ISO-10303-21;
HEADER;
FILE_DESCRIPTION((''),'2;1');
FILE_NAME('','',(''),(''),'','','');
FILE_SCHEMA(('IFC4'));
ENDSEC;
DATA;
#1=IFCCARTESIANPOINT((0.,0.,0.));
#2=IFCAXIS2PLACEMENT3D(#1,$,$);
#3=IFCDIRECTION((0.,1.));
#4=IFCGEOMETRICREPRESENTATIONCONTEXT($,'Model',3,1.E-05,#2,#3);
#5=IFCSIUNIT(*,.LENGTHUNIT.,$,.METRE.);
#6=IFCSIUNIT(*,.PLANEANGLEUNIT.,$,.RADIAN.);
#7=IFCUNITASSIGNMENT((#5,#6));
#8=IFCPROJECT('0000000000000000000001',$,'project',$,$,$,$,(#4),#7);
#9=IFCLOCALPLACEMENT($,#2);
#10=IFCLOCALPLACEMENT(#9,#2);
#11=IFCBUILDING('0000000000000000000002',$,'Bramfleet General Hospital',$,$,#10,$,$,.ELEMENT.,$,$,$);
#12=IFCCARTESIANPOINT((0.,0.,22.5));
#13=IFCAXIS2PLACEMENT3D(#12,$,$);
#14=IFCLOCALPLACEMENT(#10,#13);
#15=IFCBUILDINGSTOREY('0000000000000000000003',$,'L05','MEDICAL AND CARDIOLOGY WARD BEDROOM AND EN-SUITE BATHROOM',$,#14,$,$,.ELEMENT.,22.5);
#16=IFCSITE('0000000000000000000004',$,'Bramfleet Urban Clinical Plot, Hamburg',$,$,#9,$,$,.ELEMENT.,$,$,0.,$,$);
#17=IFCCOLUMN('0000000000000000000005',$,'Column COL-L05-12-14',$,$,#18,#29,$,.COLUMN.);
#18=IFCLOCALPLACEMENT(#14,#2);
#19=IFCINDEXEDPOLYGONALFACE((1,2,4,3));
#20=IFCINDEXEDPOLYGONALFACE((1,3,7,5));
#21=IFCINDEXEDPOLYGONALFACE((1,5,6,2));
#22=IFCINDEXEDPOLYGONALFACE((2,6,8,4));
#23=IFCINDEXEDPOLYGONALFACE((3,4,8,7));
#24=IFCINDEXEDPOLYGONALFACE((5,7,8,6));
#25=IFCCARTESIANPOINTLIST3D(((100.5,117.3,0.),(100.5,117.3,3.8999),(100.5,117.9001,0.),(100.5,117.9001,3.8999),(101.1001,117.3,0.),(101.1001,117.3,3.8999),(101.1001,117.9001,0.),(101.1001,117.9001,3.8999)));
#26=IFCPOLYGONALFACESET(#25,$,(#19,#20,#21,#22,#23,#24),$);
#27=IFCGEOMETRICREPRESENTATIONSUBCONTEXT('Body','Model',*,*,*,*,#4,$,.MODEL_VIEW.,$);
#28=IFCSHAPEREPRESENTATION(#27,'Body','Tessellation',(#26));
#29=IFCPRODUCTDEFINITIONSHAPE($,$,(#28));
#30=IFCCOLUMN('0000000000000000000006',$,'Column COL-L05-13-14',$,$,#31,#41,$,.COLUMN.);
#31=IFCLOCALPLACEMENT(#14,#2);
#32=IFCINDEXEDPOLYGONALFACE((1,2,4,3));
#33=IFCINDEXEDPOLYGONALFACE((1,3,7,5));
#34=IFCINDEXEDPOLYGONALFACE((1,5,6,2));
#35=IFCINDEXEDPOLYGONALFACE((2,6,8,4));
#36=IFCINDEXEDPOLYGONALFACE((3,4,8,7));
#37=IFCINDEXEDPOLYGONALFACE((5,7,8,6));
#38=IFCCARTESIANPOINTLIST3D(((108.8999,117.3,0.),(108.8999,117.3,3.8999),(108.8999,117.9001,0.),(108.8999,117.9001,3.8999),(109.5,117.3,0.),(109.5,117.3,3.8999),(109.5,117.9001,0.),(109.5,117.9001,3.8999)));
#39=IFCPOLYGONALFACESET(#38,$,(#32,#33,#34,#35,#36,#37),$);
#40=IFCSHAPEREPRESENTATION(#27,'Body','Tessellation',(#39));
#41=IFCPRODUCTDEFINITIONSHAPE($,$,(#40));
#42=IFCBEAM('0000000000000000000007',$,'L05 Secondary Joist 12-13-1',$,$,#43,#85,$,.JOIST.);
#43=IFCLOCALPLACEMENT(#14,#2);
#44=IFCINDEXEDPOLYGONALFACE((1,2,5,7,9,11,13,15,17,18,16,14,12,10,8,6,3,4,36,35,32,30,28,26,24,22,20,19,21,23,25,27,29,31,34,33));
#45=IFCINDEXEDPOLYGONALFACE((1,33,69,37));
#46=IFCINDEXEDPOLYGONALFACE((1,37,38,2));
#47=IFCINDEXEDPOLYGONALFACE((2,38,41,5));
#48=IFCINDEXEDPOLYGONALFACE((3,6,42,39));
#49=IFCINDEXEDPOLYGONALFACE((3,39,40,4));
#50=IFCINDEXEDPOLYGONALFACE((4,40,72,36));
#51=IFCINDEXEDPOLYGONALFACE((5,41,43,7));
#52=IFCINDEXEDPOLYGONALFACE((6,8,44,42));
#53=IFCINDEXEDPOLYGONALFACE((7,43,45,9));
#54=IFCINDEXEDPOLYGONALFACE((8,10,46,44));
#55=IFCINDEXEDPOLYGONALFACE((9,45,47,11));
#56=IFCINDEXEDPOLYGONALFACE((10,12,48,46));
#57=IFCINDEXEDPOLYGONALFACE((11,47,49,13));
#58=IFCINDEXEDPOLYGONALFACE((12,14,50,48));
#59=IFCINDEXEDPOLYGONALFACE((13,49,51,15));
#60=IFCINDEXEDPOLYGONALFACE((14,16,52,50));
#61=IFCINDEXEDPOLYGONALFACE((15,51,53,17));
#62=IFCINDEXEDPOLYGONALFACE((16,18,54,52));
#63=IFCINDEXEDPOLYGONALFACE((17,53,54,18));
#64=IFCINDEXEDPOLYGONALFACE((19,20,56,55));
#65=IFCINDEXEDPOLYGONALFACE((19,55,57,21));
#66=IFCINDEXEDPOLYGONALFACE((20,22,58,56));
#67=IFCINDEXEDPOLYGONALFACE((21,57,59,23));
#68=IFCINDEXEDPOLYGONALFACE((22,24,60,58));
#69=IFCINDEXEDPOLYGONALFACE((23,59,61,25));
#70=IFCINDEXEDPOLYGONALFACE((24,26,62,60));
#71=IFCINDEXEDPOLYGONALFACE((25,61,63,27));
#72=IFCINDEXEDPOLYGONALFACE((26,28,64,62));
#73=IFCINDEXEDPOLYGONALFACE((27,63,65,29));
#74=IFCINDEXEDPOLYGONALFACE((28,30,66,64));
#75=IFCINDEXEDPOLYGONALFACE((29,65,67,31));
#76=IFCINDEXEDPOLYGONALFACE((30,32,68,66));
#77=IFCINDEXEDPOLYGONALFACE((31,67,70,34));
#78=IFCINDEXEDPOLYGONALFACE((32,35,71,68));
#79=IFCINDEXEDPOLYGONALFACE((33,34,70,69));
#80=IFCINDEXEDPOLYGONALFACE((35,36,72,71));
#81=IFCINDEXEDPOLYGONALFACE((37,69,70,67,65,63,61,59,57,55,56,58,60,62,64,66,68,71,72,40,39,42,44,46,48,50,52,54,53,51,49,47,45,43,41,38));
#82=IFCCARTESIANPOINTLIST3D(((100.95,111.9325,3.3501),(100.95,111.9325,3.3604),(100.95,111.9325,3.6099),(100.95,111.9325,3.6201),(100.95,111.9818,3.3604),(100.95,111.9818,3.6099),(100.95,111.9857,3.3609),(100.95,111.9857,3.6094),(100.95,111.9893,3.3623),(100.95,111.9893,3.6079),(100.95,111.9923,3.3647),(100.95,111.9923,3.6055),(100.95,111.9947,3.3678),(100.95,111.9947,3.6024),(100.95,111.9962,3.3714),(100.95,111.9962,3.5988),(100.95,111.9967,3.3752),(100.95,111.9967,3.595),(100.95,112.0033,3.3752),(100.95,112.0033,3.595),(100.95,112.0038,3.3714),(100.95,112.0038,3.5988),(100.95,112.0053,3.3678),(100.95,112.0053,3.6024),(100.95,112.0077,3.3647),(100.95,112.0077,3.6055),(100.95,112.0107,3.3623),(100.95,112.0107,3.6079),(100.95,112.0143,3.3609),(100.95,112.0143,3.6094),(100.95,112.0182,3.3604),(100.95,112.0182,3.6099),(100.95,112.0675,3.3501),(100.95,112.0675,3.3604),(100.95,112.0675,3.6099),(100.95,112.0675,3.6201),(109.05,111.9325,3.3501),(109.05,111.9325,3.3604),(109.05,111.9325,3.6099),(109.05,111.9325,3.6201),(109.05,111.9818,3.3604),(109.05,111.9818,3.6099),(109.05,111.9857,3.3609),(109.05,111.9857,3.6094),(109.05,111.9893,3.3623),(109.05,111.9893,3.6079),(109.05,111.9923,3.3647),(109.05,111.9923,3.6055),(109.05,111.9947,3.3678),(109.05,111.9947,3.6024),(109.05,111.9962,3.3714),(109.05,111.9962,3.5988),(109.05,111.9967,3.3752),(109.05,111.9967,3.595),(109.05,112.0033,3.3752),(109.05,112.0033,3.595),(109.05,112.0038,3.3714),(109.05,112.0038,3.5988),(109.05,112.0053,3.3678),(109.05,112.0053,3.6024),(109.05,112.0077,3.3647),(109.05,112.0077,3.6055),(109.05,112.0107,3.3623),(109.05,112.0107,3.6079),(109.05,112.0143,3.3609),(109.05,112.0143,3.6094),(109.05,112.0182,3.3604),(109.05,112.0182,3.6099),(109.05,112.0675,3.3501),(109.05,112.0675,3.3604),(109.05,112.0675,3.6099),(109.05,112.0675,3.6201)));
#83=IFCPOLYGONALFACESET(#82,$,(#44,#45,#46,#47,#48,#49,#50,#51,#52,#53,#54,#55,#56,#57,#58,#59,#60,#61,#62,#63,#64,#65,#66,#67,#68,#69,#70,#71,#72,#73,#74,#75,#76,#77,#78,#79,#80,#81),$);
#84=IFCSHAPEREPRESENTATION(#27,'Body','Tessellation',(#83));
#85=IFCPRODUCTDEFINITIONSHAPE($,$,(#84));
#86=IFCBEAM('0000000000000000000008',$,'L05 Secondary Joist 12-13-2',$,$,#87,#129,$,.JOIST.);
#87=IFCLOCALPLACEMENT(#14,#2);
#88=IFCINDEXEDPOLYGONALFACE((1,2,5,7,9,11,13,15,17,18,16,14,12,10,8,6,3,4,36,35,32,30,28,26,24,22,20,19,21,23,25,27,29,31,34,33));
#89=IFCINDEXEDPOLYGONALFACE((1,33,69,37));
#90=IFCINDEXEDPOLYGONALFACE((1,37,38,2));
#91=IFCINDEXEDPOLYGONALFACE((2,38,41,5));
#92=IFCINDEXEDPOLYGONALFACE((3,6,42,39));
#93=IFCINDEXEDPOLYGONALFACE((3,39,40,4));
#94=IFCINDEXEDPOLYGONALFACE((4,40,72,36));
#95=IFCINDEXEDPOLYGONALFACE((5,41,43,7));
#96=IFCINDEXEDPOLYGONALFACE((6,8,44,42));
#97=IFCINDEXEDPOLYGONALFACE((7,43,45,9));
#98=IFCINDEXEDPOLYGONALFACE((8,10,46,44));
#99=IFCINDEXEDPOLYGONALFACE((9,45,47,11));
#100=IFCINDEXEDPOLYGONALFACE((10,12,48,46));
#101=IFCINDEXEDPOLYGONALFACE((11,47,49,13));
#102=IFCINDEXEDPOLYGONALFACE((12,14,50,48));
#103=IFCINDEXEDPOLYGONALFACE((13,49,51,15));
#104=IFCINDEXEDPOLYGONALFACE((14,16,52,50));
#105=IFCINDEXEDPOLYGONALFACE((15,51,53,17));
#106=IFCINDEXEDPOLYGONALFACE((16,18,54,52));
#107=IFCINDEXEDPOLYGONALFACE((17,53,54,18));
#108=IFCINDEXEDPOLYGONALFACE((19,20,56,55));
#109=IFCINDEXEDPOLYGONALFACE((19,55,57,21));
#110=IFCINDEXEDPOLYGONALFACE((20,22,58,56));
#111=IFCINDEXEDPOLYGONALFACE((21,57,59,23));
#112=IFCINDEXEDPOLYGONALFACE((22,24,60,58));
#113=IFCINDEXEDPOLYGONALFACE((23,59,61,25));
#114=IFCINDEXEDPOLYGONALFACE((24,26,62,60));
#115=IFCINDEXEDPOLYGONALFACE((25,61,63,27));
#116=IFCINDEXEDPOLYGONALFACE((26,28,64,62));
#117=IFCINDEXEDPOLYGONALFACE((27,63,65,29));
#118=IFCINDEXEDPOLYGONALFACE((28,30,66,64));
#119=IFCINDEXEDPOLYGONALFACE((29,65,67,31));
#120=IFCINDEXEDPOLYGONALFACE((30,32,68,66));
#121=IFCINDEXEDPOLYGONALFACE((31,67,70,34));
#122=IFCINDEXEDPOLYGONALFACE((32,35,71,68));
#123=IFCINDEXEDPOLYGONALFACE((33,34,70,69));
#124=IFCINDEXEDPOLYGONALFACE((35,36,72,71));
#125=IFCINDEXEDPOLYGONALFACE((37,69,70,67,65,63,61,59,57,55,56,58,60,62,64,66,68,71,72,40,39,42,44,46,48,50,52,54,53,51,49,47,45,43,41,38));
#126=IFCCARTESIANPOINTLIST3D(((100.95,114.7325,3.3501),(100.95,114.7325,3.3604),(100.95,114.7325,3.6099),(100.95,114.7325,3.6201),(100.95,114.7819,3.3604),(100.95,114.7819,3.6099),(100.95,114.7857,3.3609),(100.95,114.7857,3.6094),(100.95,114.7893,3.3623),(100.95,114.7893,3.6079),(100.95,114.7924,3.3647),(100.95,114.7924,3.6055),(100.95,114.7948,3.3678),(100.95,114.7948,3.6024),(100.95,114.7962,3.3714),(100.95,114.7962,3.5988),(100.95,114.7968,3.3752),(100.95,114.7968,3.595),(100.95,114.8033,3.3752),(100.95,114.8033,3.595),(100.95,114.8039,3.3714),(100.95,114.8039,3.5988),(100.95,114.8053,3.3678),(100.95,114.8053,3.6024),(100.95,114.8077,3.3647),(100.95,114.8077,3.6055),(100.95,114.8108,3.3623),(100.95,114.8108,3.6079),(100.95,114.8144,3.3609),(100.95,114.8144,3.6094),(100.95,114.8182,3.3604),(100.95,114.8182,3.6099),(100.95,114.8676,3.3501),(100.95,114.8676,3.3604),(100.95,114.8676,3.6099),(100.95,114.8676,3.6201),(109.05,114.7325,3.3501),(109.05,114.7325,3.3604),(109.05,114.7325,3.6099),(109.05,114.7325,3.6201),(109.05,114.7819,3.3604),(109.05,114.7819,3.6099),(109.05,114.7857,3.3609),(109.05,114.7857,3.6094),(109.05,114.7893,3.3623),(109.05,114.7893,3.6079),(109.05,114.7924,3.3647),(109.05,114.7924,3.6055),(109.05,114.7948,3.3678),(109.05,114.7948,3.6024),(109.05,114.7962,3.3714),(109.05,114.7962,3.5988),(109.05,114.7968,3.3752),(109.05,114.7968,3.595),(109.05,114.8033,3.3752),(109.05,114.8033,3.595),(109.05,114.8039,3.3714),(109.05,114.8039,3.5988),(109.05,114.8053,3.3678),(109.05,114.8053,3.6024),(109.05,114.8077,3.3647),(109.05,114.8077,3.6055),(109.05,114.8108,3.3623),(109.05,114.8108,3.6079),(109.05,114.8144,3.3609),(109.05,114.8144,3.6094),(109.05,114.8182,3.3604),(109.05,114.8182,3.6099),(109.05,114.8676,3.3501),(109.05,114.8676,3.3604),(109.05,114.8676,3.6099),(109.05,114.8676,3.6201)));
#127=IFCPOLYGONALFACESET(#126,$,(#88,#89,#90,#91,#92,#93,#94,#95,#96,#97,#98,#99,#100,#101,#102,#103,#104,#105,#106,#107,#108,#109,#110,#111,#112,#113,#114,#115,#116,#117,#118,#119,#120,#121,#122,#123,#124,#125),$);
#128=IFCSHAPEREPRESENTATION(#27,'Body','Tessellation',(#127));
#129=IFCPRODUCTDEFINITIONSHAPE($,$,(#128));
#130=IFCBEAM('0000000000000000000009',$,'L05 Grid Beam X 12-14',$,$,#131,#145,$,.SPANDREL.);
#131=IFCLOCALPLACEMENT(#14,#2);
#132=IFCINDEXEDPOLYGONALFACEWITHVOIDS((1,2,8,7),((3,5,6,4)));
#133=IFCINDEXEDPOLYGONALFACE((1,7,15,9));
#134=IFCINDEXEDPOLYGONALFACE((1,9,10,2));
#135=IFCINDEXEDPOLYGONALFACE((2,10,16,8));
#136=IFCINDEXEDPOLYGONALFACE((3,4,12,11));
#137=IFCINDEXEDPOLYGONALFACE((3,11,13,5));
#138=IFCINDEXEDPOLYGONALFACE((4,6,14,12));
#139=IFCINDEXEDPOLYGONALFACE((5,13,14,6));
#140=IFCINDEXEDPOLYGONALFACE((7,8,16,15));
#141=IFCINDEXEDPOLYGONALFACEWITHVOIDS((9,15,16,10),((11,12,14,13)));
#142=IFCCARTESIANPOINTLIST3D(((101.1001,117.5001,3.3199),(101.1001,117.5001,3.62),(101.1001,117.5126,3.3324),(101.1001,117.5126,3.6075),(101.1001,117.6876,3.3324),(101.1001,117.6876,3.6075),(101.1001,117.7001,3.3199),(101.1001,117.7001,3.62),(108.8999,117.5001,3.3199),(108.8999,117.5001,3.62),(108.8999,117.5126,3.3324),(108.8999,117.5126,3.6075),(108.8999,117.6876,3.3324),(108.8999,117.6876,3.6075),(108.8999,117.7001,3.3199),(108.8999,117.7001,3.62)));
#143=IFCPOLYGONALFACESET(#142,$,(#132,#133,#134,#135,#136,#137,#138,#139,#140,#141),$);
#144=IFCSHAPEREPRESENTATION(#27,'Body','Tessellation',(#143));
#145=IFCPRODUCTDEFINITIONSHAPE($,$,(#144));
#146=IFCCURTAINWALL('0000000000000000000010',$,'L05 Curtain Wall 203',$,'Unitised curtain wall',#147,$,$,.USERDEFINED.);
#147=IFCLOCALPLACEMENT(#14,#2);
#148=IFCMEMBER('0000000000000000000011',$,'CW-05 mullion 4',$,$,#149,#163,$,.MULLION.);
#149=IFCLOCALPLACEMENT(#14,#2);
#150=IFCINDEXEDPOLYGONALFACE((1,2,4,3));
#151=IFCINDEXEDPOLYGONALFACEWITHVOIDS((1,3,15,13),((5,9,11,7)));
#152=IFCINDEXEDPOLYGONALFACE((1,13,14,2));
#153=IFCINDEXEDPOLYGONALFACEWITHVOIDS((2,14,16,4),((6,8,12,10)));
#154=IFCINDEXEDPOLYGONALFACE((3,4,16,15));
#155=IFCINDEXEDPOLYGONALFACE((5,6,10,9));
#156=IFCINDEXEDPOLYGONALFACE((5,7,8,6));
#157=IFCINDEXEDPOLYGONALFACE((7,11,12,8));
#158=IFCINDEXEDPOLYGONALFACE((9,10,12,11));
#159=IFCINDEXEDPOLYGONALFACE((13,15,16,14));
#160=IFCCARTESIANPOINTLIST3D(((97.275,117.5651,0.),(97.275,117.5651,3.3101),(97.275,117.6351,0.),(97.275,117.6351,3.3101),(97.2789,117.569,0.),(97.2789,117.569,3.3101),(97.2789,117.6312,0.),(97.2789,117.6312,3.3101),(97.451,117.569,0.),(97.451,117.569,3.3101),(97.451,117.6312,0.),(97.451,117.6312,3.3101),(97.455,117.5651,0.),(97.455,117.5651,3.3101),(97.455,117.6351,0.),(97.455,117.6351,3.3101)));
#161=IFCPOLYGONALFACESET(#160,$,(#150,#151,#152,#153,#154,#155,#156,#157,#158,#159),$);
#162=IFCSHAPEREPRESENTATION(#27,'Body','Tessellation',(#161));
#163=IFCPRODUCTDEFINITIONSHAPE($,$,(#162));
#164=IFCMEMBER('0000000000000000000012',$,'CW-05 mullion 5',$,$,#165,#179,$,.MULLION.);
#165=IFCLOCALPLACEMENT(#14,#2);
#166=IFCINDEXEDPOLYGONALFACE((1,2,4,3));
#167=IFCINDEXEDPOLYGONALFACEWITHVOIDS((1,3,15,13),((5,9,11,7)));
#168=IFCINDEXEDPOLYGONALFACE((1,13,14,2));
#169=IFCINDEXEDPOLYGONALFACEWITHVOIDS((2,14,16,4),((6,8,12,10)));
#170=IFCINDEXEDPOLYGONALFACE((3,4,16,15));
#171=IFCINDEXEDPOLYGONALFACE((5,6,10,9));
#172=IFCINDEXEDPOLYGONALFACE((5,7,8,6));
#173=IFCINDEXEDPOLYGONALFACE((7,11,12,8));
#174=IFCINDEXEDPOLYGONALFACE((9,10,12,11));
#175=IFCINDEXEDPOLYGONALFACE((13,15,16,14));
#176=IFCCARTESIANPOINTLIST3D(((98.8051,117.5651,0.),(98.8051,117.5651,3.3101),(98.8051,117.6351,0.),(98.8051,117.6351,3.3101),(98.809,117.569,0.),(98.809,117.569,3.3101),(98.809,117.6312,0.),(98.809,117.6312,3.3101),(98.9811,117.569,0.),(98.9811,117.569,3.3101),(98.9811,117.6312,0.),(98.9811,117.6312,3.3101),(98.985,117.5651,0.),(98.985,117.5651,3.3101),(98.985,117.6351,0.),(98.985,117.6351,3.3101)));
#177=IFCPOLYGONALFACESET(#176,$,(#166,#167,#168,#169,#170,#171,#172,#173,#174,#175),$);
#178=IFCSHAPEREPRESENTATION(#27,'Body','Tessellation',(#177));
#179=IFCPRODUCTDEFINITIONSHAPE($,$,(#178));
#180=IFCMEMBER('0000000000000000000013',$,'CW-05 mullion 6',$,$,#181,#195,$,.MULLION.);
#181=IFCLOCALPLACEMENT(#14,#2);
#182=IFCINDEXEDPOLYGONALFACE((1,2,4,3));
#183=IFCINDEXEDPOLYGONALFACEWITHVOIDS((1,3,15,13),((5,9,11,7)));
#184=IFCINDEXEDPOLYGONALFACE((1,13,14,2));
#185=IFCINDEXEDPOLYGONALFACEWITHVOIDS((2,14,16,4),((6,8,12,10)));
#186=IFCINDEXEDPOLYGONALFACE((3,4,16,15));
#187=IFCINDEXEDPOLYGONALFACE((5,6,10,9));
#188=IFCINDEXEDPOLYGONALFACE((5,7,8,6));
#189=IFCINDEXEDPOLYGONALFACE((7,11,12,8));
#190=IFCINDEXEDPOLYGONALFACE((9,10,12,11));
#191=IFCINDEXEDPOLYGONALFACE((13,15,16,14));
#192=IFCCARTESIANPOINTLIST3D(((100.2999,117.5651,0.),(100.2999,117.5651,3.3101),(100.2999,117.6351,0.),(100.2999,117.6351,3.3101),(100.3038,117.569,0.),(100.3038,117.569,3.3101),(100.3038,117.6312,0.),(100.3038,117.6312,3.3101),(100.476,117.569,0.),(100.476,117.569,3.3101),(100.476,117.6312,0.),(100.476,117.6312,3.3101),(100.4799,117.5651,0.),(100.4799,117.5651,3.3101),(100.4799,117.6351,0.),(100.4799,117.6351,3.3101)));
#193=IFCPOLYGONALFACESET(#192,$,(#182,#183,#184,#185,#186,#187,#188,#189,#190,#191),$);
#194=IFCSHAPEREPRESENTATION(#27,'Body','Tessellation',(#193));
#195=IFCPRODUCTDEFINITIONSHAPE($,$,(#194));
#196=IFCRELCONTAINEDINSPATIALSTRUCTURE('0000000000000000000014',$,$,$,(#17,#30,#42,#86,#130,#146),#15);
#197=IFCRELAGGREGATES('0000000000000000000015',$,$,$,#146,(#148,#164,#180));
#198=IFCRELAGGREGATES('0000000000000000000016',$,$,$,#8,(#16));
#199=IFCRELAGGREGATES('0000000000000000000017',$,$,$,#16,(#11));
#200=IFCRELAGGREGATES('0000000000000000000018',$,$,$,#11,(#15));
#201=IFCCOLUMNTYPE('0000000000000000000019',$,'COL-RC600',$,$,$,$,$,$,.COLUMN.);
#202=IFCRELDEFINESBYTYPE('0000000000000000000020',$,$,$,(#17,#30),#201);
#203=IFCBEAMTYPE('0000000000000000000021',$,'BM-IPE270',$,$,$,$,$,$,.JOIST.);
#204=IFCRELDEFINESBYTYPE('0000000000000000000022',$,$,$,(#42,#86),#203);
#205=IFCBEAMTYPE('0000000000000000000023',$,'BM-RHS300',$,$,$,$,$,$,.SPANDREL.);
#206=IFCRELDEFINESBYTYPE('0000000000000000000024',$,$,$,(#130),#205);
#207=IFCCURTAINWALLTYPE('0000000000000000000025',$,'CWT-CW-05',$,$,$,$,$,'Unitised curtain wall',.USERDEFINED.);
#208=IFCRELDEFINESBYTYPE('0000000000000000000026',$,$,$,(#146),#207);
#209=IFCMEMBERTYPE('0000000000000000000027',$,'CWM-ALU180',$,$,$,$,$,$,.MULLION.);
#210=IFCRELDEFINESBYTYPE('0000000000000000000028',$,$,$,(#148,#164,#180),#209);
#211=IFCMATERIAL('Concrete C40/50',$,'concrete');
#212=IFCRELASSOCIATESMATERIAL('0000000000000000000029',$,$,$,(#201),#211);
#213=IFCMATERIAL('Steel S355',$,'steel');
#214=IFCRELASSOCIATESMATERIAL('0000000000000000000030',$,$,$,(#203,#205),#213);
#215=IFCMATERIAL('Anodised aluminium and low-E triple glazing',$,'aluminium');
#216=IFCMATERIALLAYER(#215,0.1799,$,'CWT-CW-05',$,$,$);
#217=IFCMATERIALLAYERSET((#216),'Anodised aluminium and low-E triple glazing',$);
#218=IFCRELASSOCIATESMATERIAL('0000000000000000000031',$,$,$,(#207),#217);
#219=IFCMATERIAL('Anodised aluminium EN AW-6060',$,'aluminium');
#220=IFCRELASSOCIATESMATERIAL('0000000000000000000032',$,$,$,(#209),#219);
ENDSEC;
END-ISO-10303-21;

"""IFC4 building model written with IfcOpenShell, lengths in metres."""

from ifc_helpers import new_model, si_unit, direction, frame, origin, origin_2d, place, context, subcontext, project, spatial, rectangle, hollow_rectangle, i_section, extrude, material, layer, layer_set, material_profile, profile_set, type_object, element, aggregate, save


model = new_model("IFC4")

# Units and contexts
model_context = context("Model", 3, precision=1e-05, world=origin(), true_north=direction((0.0, 1.0)))
body_context = subcontext(model_context, "Body", "Model", "MODEL_VIEW")
ifc_project = project(units=[si_unit("LENGTHUNIT", "METRE"), si_unit("PLANEANGLEUNIT", "RADIAN")], contexts=[model_context])

# Site, building, storey
site_placement = place(None, origin())
site = spatial("IfcSite", under=ifc_project, at=site_placement, Name="Bramfleet Urban Clinical Plot, Hamburg", CompositionType="ELEMENT", RefElevation=0.0)
building_placement = place(site_placement, origin())
building = spatial("IfcBuilding", under=site, at=building_placement, Name="Bramfleet General Hospital", CompositionType="ELEMENT")
storey_placement = place(building_placement, frame((0.0, 0.0, 22.5)))
storey = spatial("IfcBuildingStorey", under=building, at=storey_placement, Name="L05", Description="MEDICAL AND CARDIOLOGY WARD BEDROOM AND EN-SUITE BATHROOM", CompositionType="ELEMENT", Elevation=22.5)

# Columns
ifc_material_1 = material(Name="Concrete C40/50", Category="concrete")
ifc_material_profile_1 = material_profile(ifc_material_1, rectangle(XDim=0.6001, YDim=0.6001, at=origin_2d()), Name="RC COL 600x600")
ifc_profile_set_1 = profile_set([ifc_material_profile_1], Name="Concrete C40/50")
column_type = type_object("IfcColumnType", Name="COL-RC600", PredefinedType="COLUMN", material=ifc_profile_set_1)
for number, where, z_axis, x_axis, name in (
    (1, (100.8, 117.6001, 0.0), (0.0, 0.0, 1.0), (1.0, 0.0, 0.0), "Column COL-L05-12-14"),
    (2, (109.2, 117.6001, 0.0), (0.0, 0.0, 1.0), (1.0, 0.0, 0.0), "Column COL-L05-13-14"),
):
    element("IfcColumn", number, at=place(storey_placement, frame(where, z_axis=z_axis, x_axis=x_axis)), inside=storey, type_object=column_type, Name=name, PredefinedType="COLUMN", context=body_context, shape_type="SweptSolid", body=[
        extrude(rectangle(XDim=0.6001, YDim=0.6001, at=origin_2d()), origin(), (0.0, 0.0, 1.0), 3.8999),
    ])

# Beams
ifc_material_2 = material(Name="Steel S355", Category="steel")
ifc_material_profile_2 = material_profile(ifc_material_2, i_section(OverallWidth=0.135, OverallDepth=0.27, WebThickness=0.0066, FlangeThickness=0.0103, FilletRadius=0.0149, at=origin_2d()), Name="IPE 270")
ifc_profile_set_2 = profile_set([ifc_material_profile_2], Name="Steel S355")
beam_type_1 = type_object("IfcBeamType", Name="BM-IPE270", PredefinedType="JOIST", material=ifc_profile_set_2)
for number, where, z_axis, x_axis, name in (
    (3, (100.95, 112.0, 3.4851), (1.0, 0.0, 0.0), (0.0, 1.0, 0.0), "L05 Secondary Joist 12-13-1"),
    (4, (100.95, 114.8, 3.4851), (1.0, 0.0, 0.0), (0.0, 1.0, 0.0), "L05 Secondary Joist 12-13-2"),
):
    element("IfcBeam", number, at=place(storey_placement, frame(where, z_axis=z_axis, x_axis=x_axis)), inside=storey, type_object=beam_type_1, Name=name, PredefinedType="JOIST", context=body_context, shape_type="SweptSolid", body=[
        extrude(i_section(OverallWidth=0.135, OverallDepth=0.27, WebThickness=0.0066, FlangeThickness=0.0103, FilletRadius=0.0149, at=origin_2d()), origin(), (0.0, 0.0, 1.0), 8.1001),
    ])
ifc_material_profile_3 = material_profile(ifc_material_2, hollow_rectangle(XDim=0.2, YDim=0.3, WallThickness=0.0125, at=origin_2d()), Name="RHS 300x200x12.5")
ifc_profile_set_3 = profile_set([ifc_material_profile_3], Name="Steel S355")
beam_type_2 = type_object("IfcBeamType", Name="BM-RHS300", PredefinedType="SPANDREL", material=ifc_profile_set_3)
beam_placement = place(storey_placement, frame((101.1001, 117.6001, 3.47), z_axis=(1.0, 0.0, 0.0), x_axis=(0.0, 1.0, 0.0)))
element("IfcBeam", 5, at=beam_placement, inside=storey, type_object=beam_type_2, Name="L05 Grid Beam X 12-14", PredefinedType="SPANDREL", context=body_context, shape_type="SweptSolid", body=[
    extrude(hollow_rectangle(XDim=0.2, YDim=0.3, WallThickness=0.0125, at=origin_2d()), origin(), (0.0, 0.0, 1.0), 7.7998),
])

# Curtain wall, members
ifc_material_3 = material(Name="Anodised aluminium and low-E triple glazing", Category="aluminium")
ifc_layer_1 = layer(ifc_material_3, 0.1799, Name="CWT-CW-05")
ifc_layer_set_1 = layer_set([ifc_layer_1], Name="Anodised aluminium and low-E triple glazing")
curtain_wall_type = type_object("IfcCurtainWallType", Name="CWT-CW-05", ElementType="Unitised curtain wall", PredefinedType="USERDEFINED", material=ifc_layer_set_1)
curtain_wall_placement = place(storey_placement, origin())
curtain_wall = element("IfcCurtainWall", 6, at=curtain_wall_placement, inside=storey, type_object=curtain_wall_type, Name="L05 Curtain Wall 203", ObjectType="Unitised curtain wall", PredefinedType="USERDEFINED")
ifc_material_4 = material(Name="Anodised aluminium EN AW-6060", Category="aluminium")
ifc_material_profile_4 = material_profile(ifc_material_4, hollow_rectangle(XDim=0.0701, YDim=0.1799, WallThickness=0.0039, at=origin_2d()), Name="ALU 180x70x4.0")
ifc_profile_set_4 = profile_set([ifc_material_profile_4], Name="Anodised aluminium EN AW-6060")
member_type_1 = type_object("IfcMemberType", Name="CWM-ALU180", PredefinedType="MULLION", material=ifc_profile_set_4)
member_1_placement = place(storey_placement, frame((97.365, 117.6001, 0.0), z_axis=(0.0, 0.0, 1.0), x_axis=(0.0, 1.0, 0.0)))
member_1 = element("IfcMember", 7, at=member_1_placement, type_object=member_type_1, Name="CW-05 mullion 4", PredefinedType="MULLION", context=body_context, shape_type="SweptSolid", body=[
    extrude(hollow_rectangle(XDim=0.0701, YDim=0.1799, WallThickness=0.0039, at=origin_2d()), origin(), (0.0, 0.0, 1.0), 3.3101),
])
member_2_placement = place(storey_placement, frame((98.895, 117.6001, 0.0), z_axis=(0.0, 0.0, 1.0), x_axis=(0.0, 1.0, 0.0)))
member_2 = element("IfcMember", 8, at=member_2_placement, type_object=member_type_1, Name="CW-05 mullion 5", PredefinedType="MULLION", context=body_context, shape_type="SweptSolid", body=[
    extrude(hollow_rectangle(XDim=0.0701, YDim=0.1799, WallThickness=0.0039, at=origin_2d()), origin(), (0.0, 0.0, 1.0), 3.3101),
])
member_3_placement = place(storey_placement, frame((100.3899, 117.6001, 0.0), z_axis=(0.0, 0.0, 1.0), x_axis=(0.0, 1.0, 0.0)))
member_3 = element("IfcMember", 9, at=member_3_placement, type_object=member_type_1, Name="CW-05 mullion 6", PredefinedType="MULLION", context=body_context, shape_type="SweptSolid", body=[
    extrude(hollow_rectangle(XDim=0.0701, YDim=0.1799, WallThickness=0.0039, at=origin_2d()), origin(), (0.0, 0.0, 1.0), 3.3101),
])
aggregate(curtain_wall, [member_1, member_2, member_3])

save(model, "model.ifc")
